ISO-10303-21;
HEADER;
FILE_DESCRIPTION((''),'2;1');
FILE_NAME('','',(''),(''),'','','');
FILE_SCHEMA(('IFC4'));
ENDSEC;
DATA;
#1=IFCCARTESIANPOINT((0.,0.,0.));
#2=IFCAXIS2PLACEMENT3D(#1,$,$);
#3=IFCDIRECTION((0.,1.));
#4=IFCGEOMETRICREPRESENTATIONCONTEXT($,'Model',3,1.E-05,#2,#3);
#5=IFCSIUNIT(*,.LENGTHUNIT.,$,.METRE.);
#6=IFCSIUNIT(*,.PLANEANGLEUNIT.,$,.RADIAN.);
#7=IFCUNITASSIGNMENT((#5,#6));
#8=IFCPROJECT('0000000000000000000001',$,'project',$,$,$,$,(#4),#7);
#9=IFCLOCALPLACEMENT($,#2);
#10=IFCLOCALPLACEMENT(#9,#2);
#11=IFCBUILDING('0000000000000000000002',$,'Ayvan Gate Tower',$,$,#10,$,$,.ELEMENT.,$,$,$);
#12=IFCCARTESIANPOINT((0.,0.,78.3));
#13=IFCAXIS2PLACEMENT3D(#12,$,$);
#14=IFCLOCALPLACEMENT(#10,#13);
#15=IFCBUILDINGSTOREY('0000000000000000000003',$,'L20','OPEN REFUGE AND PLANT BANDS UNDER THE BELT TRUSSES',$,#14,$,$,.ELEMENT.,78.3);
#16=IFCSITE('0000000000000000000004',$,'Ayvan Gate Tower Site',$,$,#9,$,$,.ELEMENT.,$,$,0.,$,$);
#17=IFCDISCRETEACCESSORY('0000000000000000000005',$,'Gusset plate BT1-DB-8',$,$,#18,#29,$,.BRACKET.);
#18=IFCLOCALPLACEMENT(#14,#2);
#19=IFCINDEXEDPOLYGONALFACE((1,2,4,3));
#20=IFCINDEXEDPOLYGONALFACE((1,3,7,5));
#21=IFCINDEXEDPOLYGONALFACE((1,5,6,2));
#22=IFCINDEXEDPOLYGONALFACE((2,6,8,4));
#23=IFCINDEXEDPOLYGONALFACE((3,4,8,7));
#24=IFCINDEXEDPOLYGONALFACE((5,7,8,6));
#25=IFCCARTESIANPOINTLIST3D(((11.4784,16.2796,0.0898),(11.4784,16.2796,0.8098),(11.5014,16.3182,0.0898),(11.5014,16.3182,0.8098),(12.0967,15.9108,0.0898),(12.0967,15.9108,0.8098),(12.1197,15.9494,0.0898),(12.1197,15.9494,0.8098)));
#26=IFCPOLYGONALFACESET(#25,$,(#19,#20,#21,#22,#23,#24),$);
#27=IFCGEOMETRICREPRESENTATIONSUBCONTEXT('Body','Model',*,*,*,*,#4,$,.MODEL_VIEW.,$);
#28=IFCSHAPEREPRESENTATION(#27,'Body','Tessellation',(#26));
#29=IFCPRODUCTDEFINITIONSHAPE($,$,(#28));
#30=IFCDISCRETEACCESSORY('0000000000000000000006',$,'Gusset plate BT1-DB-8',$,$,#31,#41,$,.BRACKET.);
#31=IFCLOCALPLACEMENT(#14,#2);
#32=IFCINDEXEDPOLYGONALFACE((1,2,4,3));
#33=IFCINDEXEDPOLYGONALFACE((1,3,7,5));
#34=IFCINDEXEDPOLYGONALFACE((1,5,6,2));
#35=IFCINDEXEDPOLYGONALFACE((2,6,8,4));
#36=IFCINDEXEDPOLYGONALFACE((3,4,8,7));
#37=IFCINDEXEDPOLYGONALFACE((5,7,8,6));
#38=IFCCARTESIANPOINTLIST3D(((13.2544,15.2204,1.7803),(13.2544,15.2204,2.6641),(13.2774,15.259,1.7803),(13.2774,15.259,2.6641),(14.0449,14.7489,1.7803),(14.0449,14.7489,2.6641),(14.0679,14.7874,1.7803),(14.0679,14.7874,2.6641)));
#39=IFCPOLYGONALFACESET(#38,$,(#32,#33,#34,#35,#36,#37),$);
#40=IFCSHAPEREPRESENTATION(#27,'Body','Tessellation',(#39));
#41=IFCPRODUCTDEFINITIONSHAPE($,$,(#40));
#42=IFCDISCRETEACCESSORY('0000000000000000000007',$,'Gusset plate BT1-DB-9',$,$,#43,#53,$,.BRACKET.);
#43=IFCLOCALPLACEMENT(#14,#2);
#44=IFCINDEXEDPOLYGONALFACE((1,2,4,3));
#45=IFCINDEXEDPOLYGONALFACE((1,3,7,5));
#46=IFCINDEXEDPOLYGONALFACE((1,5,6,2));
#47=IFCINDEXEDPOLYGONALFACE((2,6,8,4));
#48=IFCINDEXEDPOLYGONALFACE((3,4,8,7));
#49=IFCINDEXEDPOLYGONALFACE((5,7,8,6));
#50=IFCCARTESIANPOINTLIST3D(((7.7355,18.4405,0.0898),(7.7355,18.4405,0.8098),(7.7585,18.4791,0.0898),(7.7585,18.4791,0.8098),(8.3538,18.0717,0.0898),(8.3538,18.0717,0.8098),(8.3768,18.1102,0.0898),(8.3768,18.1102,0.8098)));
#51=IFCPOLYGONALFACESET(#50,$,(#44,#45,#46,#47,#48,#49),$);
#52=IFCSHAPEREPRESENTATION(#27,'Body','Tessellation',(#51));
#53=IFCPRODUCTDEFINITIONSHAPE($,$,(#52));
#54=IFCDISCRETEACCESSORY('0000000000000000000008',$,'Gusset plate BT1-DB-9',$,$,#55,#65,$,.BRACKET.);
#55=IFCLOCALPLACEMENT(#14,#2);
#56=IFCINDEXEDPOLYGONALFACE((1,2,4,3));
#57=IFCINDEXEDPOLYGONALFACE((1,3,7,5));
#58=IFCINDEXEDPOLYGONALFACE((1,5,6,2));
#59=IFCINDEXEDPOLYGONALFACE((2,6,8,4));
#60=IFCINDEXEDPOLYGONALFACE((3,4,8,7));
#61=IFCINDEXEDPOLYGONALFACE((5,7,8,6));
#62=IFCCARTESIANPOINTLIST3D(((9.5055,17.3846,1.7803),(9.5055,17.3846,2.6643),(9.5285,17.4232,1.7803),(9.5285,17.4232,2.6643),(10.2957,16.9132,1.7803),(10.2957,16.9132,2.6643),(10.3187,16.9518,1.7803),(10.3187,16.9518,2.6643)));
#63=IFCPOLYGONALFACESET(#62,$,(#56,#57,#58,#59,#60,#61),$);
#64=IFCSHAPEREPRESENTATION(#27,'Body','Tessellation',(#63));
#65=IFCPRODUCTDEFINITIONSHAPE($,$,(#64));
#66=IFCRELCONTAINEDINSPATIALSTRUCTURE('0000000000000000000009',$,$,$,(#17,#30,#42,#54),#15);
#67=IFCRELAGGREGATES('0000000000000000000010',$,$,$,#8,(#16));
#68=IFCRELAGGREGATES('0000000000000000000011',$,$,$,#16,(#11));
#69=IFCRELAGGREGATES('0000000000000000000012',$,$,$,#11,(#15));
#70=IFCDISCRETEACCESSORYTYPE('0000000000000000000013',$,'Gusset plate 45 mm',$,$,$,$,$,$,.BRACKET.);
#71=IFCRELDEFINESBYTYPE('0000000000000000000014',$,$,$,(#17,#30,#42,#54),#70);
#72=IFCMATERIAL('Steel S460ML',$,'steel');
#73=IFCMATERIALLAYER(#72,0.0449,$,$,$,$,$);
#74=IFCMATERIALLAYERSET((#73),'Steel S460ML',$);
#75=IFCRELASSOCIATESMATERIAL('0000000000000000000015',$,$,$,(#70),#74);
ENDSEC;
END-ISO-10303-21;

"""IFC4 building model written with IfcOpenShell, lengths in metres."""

from ifc_helpers import new_model, si_unit, direction, frame, origin, origin_2d, place, context, subcontext, project, spatial, rectangle, extrude, material, layer, layer_set, type_object, element, save


model = new_model("IFC4")

# Units and contexts
model_context = context("Model", 3, precision=1e-05, world=origin(), true_north=direction((0.0, 1.0)))
body_context = subcontext(model_context, "Body", "Model", "MODEL_VIEW")
ifc_project = project(units=[si_unit("LENGTHUNIT", "METRE"), si_unit("PLANEANGLEUNIT", "RADIAN")], contexts=[model_context])

# Site, building, storey
site_placement = place(None, origin())
site = spatial("IfcSite", under=ifc_project, at=site_placement, Name="Ayvan Gate Tower Site", CompositionType="ELEMENT", RefElevation=0.0)
building_placement = place(site_placement, origin())
building = spatial("IfcBuilding", under=site, at=building_placement, Name="Ayvan Gate Tower", CompositionType="ELEMENT")
storey_placement = place(building_placement, frame((0.0, 0.0, 78.3)))
storey = spatial("IfcBuildingStorey", under=building, at=storey_placement, Name="L20", Description="OPEN REFUGE AND PLANT BANDS UNDER THE BELT TRUSSES", CompositionType="ELEMENT", Elevation=78.3)

# Shared definitions
ifc_material_1 = material(Name="Steel S460ML", Category="steel")

# Discrete accessories
ifc_layer_1 = layer(ifc_material_1, 0.0449)
ifc_layer_set_1 = layer_set([ifc_layer_1], Name="Steel S460ML")
discrete_accessory_type_1 = type_object("IfcDiscreteAccessoryType", Name="Gusset plate 45 mm", PredefinedType="BRACKET", material=ifc_layer_set_1)
for number, where, z_axis, x_axis, name in (
    (1, (11.7991, 16.1145, 0.0898), (0.0, 0.0, 1.0), (-0.858804, 0.512304, 0.0), "Gusset plate BT1-DB-8"),
):
    element("IfcDiscreteAccessory", number, at=place(storey_placement, frame(where, z_axis=z_axis, x_axis=x_axis)), inside=storey, type_object=discrete_accessory_type_1, Name=name, PredefinedType="BRACKET", context=body_context, shape_type="SweptSolid", body=[
        extrude(rectangle(XDim=0.72, YDim=0.0449, at=origin_2d()), origin(), (0.0, 0.0, 1.0), 0.72),
    ])
discrete_accessory_1_placement = place(storey_placement, frame((13.6611, 15.0039, 1.7803), z_axis=(0.0, 0.0, 1.0), x_axis=(-0.858804, 0.512304, 0.0)))
element("IfcDiscreteAccessory", 2, at=discrete_accessory_1_placement, inside=storey, type_object=discrete_accessory_type_1, Name="Gusset plate BT1-DB-8", PredefinedType="BRACKET", context=body_context, shape_type="SweptSolid", body=[
    extrude(rectangle(XDim=0.9204, YDim=0.0449, at=origin_2d()), origin(), (0.0, 0.0, 1.0), 0.8838),
])
discrete_accessory_2_placement = place(storey_placement, frame((8.0562, 18.2754, 0.0898), z_axis=(0.0, 0.0, 1.0), x_axis=(-0.85878, 0.512344, 0.0)))
element("IfcDiscreteAccessory", 3, at=discrete_accessory_2_placement, inside=storey, type_object=discrete_accessory_type_1, Name="Gusset plate BT1-DB-9", PredefinedType="BRACKET", context=body_context, shape_type="SweptSolid", body=[
    extrude(rectangle(XDim=0.72, YDim=0.0449, at=origin_2d()), origin(), (0.0, 0.0, 1.0), 0.72),
])
discrete_accessory_3_placement = place(storey_placement, frame((9.9121, 17.1682, 1.7803), z_axis=(0.0, 0.0, 1.0), x_axis=(-0.85878, 0.512344, 0.0)))
element("IfcDiscreteAccessory", 4, at=discrete_accessory_3_placement, inside=storey, type_object=discrete_accessory_type_1, Name="Gusset plate BT1-DB-9", PredefinedType="BRACKET", context=body_context, shape_type="SweptSolid", body=[
    extrude(rectangle(XDim=0.9202, YDim=0.0449, at=origin_2d()), origin(), (0.0, 0.0, 1.0), 0.884),
])

save(model, "model.ifc")
